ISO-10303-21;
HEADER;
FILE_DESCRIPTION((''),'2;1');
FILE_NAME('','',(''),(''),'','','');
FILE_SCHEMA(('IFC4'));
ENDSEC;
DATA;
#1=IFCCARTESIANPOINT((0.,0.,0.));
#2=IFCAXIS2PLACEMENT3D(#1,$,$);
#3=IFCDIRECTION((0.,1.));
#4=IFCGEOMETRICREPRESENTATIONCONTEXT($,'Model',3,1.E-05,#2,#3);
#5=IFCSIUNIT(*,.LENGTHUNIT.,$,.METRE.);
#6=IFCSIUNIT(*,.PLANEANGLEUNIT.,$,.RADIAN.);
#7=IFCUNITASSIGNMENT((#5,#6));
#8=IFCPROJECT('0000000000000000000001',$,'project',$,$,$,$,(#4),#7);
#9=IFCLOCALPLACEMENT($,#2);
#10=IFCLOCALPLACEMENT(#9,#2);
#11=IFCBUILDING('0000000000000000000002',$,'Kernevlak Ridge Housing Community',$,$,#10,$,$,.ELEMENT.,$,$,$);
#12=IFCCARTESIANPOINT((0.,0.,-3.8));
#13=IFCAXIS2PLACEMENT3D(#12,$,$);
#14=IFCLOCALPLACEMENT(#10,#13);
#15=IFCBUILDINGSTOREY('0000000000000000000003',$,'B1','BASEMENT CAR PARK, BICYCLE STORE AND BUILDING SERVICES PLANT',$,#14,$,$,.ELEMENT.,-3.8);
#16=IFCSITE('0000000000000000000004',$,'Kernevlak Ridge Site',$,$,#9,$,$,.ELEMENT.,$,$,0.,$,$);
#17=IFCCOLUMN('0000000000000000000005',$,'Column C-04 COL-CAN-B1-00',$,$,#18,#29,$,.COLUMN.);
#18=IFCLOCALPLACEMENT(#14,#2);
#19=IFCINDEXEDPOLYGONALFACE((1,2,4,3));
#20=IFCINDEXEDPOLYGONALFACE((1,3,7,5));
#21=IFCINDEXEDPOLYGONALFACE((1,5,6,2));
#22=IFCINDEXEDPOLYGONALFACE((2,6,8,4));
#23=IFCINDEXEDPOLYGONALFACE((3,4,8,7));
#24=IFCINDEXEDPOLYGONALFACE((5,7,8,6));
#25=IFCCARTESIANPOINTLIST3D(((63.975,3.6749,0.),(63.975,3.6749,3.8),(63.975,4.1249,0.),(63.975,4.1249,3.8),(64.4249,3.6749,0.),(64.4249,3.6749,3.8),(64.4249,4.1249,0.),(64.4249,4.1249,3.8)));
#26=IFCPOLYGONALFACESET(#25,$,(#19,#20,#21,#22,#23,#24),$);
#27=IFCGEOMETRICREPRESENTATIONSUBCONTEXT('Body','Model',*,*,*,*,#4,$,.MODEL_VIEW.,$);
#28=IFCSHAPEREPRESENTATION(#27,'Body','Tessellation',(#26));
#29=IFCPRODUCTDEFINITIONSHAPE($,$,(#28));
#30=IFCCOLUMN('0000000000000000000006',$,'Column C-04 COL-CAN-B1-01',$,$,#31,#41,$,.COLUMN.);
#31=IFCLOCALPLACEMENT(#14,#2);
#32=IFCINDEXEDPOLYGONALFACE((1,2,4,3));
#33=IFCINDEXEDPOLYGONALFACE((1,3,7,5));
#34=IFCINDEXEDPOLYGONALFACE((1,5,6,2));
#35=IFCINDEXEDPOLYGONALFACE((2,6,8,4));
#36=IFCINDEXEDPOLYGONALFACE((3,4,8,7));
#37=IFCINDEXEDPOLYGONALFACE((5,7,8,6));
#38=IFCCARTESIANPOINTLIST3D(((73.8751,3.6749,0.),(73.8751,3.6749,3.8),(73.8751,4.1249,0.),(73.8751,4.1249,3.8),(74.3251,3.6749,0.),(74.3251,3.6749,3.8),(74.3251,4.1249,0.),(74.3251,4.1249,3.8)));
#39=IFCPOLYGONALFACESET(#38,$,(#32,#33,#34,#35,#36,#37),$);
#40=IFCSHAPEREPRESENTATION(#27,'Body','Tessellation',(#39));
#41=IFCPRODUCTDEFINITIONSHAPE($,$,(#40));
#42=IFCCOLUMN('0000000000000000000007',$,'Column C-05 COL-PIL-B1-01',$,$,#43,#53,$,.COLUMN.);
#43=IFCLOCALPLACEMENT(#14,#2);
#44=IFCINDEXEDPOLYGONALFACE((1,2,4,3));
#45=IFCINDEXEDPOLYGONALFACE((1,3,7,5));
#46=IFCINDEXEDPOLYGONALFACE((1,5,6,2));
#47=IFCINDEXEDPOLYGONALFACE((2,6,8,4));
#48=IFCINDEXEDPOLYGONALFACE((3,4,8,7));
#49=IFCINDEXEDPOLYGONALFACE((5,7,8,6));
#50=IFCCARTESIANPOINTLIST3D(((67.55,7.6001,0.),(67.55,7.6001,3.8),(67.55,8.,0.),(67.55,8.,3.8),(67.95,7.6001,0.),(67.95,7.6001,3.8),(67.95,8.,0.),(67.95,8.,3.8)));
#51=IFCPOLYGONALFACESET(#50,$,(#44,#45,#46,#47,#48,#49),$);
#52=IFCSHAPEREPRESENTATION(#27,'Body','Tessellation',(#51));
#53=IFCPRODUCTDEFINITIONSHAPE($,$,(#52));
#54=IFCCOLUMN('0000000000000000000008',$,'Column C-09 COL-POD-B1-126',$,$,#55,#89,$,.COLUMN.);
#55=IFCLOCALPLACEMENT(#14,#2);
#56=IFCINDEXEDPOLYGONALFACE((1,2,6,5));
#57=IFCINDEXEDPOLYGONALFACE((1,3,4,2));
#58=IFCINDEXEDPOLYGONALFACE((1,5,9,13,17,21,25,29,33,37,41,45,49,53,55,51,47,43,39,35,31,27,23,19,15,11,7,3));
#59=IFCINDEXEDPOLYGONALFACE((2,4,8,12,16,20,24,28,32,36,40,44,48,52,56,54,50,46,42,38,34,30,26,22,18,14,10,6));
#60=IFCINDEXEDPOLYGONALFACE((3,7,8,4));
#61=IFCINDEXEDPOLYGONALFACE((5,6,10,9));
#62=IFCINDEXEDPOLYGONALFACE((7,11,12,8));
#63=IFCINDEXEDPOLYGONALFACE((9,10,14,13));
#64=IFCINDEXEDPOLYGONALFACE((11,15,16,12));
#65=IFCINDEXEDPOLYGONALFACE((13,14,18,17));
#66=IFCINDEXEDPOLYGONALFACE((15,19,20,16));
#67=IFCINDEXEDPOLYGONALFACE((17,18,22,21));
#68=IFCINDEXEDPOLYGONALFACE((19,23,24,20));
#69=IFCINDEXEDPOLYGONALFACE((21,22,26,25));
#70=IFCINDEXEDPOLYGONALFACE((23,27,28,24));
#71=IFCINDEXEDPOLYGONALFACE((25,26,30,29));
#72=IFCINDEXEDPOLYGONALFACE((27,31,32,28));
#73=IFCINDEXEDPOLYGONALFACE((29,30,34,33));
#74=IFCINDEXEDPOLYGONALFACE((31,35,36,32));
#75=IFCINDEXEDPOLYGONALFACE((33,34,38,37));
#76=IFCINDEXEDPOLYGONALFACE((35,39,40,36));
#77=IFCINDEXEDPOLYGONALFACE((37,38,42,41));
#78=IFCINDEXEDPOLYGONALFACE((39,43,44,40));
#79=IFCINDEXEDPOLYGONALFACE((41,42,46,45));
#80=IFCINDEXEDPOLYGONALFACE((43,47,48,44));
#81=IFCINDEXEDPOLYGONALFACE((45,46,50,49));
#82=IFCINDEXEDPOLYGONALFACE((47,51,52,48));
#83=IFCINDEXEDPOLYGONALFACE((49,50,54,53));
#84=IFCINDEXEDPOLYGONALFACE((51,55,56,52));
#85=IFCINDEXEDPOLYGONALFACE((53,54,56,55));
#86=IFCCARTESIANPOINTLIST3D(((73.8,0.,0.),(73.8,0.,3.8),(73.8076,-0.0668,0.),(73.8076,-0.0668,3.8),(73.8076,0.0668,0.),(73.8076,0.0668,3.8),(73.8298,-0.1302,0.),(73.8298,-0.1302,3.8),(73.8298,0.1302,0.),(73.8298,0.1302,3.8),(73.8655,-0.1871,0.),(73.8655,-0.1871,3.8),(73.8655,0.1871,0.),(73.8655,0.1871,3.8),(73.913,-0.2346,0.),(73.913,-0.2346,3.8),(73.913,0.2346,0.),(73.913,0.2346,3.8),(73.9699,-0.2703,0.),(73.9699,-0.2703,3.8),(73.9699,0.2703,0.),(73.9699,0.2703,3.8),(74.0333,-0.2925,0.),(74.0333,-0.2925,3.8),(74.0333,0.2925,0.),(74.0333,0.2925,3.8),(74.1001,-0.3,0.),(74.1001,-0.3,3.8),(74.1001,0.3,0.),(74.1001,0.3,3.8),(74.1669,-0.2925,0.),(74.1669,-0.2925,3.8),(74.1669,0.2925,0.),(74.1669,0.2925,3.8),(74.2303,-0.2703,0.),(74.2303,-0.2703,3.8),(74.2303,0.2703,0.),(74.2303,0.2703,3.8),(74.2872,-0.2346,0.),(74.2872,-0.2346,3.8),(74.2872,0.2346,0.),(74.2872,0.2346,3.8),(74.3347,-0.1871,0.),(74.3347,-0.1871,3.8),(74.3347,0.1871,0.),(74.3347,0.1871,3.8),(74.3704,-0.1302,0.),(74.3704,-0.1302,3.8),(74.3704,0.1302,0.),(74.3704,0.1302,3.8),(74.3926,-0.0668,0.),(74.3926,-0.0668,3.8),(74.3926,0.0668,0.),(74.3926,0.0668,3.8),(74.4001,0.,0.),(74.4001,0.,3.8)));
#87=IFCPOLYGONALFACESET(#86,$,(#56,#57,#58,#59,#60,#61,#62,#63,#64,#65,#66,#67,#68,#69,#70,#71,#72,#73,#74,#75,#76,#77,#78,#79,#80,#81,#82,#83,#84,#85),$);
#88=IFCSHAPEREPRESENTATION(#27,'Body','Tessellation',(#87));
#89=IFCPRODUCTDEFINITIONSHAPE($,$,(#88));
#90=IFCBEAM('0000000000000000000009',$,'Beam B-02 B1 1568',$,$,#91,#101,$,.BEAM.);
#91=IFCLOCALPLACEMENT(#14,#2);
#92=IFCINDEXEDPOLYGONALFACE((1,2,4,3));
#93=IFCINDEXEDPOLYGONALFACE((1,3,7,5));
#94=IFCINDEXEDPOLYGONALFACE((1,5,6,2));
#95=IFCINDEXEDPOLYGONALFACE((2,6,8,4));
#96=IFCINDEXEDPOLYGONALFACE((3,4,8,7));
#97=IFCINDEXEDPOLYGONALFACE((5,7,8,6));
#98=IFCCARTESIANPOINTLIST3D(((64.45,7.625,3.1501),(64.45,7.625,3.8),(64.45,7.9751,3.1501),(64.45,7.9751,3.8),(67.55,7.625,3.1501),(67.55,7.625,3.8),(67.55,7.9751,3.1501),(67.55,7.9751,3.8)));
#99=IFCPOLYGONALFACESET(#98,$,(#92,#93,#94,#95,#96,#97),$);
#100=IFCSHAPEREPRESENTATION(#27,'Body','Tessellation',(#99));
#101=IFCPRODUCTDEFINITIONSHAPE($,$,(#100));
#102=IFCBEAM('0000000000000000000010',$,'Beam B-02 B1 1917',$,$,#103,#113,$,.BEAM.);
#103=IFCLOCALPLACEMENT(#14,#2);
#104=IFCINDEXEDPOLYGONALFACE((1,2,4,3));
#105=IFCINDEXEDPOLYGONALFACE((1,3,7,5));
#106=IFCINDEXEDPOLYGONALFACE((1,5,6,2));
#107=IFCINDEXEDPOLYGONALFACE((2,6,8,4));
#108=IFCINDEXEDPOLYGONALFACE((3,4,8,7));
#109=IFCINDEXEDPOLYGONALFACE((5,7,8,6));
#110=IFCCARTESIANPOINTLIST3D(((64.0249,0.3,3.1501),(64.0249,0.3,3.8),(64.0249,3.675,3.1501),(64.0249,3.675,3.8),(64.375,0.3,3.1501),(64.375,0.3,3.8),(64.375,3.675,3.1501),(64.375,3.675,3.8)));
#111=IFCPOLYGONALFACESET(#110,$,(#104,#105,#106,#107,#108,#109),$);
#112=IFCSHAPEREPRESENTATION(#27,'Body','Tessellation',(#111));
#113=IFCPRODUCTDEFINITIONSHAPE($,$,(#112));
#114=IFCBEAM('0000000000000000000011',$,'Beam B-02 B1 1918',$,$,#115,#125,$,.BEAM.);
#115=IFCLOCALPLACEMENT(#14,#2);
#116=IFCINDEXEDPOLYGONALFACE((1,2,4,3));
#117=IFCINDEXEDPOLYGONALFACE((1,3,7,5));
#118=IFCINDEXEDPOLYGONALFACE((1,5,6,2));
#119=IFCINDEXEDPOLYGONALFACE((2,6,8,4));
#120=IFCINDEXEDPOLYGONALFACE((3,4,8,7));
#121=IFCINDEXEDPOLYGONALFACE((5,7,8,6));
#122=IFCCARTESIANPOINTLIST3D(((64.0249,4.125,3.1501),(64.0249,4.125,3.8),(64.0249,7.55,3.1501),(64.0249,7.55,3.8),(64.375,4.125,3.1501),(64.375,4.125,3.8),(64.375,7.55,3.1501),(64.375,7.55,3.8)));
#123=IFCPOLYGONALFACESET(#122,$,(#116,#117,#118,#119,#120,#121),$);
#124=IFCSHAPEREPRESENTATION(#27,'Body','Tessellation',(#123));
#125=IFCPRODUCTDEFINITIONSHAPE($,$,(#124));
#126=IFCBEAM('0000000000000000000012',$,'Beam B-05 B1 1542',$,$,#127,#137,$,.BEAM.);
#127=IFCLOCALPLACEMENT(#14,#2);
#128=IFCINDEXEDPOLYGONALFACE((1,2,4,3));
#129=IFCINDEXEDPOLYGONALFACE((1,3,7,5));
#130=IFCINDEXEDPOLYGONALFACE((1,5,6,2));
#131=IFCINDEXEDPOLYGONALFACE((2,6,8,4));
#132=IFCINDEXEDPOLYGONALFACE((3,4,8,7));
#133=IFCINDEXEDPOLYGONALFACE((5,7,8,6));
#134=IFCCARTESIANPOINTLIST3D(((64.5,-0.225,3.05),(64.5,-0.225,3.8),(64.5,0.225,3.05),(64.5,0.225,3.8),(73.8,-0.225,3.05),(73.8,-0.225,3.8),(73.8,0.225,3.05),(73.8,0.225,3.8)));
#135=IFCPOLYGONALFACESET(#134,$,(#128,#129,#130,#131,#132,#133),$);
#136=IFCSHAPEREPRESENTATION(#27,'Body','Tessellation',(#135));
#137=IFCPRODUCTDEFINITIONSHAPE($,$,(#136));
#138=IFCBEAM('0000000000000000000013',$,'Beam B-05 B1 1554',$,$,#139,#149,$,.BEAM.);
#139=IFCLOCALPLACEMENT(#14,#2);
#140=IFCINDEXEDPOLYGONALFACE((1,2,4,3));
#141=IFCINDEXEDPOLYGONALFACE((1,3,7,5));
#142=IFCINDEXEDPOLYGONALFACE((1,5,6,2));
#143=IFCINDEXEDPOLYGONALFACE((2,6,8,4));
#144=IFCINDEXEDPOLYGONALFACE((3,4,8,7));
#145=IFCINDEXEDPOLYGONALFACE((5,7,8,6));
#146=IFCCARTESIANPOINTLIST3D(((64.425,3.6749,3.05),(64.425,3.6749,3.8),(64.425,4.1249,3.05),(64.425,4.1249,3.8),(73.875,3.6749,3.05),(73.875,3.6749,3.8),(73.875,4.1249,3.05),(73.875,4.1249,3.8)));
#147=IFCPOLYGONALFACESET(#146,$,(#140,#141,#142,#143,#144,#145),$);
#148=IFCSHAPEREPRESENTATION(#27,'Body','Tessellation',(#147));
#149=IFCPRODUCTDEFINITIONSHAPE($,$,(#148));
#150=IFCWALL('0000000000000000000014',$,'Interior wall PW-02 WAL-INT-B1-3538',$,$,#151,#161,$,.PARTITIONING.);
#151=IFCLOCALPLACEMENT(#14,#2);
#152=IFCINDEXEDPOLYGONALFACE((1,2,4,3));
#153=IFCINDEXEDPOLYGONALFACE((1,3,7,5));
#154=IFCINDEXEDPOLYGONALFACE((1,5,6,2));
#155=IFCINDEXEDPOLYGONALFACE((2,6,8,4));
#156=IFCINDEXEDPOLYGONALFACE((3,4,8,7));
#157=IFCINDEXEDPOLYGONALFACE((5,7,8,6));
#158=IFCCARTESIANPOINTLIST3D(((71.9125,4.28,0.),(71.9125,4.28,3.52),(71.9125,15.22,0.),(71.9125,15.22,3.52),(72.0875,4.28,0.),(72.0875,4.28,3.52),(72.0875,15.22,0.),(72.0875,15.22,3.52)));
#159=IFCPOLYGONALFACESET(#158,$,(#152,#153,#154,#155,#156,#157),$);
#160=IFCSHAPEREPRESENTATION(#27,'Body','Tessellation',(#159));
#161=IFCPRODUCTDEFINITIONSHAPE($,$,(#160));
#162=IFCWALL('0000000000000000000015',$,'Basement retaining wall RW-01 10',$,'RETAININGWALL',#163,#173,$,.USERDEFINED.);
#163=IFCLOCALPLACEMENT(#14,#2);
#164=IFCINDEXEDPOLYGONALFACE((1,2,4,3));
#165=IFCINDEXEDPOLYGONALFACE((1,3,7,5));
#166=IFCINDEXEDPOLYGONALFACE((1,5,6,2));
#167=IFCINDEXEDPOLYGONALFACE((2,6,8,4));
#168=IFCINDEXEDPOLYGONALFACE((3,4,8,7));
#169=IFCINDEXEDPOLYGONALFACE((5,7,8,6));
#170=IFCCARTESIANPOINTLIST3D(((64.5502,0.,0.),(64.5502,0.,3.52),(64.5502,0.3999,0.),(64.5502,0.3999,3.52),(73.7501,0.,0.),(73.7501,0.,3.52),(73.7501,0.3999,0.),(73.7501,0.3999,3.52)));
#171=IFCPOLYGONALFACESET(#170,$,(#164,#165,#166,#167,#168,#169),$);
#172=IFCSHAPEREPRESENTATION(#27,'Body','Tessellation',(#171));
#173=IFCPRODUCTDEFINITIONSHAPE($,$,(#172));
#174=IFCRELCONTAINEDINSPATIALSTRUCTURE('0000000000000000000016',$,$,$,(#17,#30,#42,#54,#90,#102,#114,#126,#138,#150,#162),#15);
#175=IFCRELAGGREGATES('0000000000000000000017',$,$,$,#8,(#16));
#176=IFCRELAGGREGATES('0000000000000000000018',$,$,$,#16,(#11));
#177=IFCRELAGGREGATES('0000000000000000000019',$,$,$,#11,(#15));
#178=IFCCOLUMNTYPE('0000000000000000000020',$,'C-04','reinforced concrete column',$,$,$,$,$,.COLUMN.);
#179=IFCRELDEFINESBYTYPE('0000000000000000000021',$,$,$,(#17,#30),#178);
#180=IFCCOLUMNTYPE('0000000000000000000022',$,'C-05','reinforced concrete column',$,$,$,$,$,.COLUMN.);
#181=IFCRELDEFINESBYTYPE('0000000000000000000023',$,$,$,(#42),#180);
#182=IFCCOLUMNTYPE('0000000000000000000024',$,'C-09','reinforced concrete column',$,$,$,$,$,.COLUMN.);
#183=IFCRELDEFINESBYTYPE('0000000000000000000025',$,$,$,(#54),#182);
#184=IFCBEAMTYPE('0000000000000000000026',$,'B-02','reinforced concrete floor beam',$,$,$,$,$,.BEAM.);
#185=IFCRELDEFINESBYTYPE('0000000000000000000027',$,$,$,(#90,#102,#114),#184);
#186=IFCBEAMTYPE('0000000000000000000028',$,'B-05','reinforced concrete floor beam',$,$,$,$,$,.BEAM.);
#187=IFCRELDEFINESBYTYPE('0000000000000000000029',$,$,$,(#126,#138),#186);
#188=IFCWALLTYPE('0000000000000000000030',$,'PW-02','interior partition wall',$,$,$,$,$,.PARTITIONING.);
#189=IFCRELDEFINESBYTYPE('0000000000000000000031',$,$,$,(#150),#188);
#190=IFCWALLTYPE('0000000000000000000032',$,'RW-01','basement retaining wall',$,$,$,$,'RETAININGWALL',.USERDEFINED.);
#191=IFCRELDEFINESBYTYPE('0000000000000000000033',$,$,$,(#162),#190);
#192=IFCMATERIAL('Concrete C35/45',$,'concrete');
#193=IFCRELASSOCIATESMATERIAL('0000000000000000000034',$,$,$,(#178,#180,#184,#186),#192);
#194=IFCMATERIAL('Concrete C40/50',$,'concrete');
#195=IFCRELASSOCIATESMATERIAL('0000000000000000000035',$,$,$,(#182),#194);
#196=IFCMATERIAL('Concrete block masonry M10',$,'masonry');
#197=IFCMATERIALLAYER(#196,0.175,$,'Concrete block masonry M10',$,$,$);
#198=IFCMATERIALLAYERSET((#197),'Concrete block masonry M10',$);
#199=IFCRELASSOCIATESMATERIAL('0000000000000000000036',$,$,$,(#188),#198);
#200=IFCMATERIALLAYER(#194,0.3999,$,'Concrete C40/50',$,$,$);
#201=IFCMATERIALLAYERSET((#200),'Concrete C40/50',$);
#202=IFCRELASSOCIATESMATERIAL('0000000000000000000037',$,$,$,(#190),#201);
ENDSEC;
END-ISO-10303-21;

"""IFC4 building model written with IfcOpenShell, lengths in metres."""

from ifc_helpers import new_model, si_unit, direction, frame, frame_2d, origin, origin_2d, place, context, subcontext, project, spatial, rectangle, circle, extrude, material, layer, layer_set, material_profile, profile_set, type_object, element, save


model = new_model("IFC4")

# Units and contexts
model_context = context("Model", 3, precision=1e-05, world=origin(), true_north=direction((0.0, 1.0)))
body_context = subcontext(model_context, "Body", "Model", "MODEL_VIEW")
ifc_project = project(units=[si_unit("LENGTHUNIT", "METRE"), si_unit("PLANEANGLEUNIT", "RADIAN")], contexts=[model_context])

# Site, building, storey
site_placement = place(None, origin())
site = spatial("IfcSite", under=ifc_project, at=site_placement, Name="Kernevlak Ridge Site", CompositionType="ELEMENT", RefElevation=0.0)
building_placement = place(site_placement, origin())
building = spatial("IfcBuilding", under=site, at=building_placement, Name="Kernevlak Ridge Housing Community", CompositionType="ELEMENT")
storey_placement = place(building_placement, frame((0.0, 0.0, -3.8)))
storey = spatial("IfcBuildingStorey", under=building, at=storey_placement, Name="B1", Description="BASEMENT CAR PARK, BICYCLE STORE AND BUILDING SERVICES PLANT", CompositionType="ELEMENT", Elevation=-3.8)

# Shared definitions
ifc_material_1 = material(Name="Concrete C35/45", Category="concrete")

# Columns
ifc_material_2 = material(Name="Concrete C40/50", Category="concrete")
ifc_material_profile_1 = material_profile(ifc_material_1, rectangle(XDim=0.45, YDim=0.45, at=origin_2d()), Name="RC 450x450")
ifc_profile_set_1 = profile_set([ifc_material_profile_1], Name="Concrete C35/45")
column_type_1 = type_object("IfcColumnType", Name="C-04", Description="reinforced concrete column", PredefinedType="COLUMN", material=ifc_profile_set_1)
for number, where, z_axis, x_axis, name in (
    (1, (64.2, 3.8999, 0.0), (0.0, 0.0, 1.0), (1.0, 0.0, 0.0), "Column C-04 COL-CAN-B1-00"),
    (2, (74.1001, 3.8999, 0.0), (0.0, 0.0, 1.0), (1.0, 0.0, 0.0), "Column C-04 COL-CAN-B1-01"),
):
    element("IfcColumn", number, at=place(storey_placement, frame(where, z_axis=z_axis, x_axis=x_axis)), inside=storey, type_object=column_type_1, Name=name, PredefinedType="COLUMN", context=body_context, shape_type="SweptSolid", body=[
        extrude(rectangle(XDim=0.45, YDim=0.45, at=origin_2d()), origin(), (0.0, 0.0, 1.0), 3.8),
    ])
ifc_material_profile_2 = material_profile(ifc_material_1, rectangle(XDim=0.3999, YDim=0.3999, at=origin_2d()), Name="RC 400x400")
ifc_profile_set_2 = profile_set([ifc_material_profile_2], Name="Concrete C35/45")
column_type_2 = type_object("IfcColumnType", Name="C-05", Description="reinforced concrete column", PredefinedType="COLUMN", material=ifc_profile_set_2)
column_1_placement = place(storey_placement, frame((67.75, 7.8, 0.0), z_axis=(0.0, 0.0, 1.0), x_axis=(1.0, 0.0, 0.0)))
element("IfcColumn", 3, at=column_1_placement, inside=storey, type_object=column_type_2, Name="Column C-05 COL-PIL-B1-01", PredefinedType="COLUMN", context=body_context, shape_type="SweptSolid", body=[
    extrude(rectangle(XDim=0.3999, YDim=0.3999, at=origin_2d()), origin(), (0.0, 0.0, 1.0), 3.8),
])
ifc_material_profile_3 = material_profile(ifc_material_2, circle(Radius=0.3, at=origin_2d()), Name="RC D600")
ifc_profile_set_3 = profile_set([ifc_material_profile_3], Name="Concrete C40/50")
column_type_3 = type_object("IfcColumnType", Name="C-09", Description="reinforced concrete column", PredefinedType="COLUMN", material=ifc_profile_set_3)
column_2_placement = place(storey_placement, frame((74.1001, 0.0, 0.0), z_axis=(0.0, 0.0, 1.0), x_axis=(1.0, 0.0, 0.0)))
element("IfcColumn", 4, at=column_2_placement, inside=storey, type_object=column_type_3, Name="Column C-09 COL-POD-B1-126", PredefinedType="COLUMN", context=body_context, shape_type="SweptSolid", body=[
    extrude(circle(Radius=0.3, at=origin_2d()), origin(), (0.0, 0.0, 1.0), 3.8),
])

# Beams
ifc_material_profile_4 = material_profile(ifc_material_1, rectangle(XDim=0.3501, YDim=0.6499, at=origin_2d()), Name="RC 350x650")
ifc_profile_set_4 = profile_set([ifc_material_profile_4], Name="Concrete C35/45")
beam_type_1 = type_object("IfcBeamType", Name="B-02", Description="reinforced concrete floor beam", PredefinedType="BEAM", material=ifc_profile_set_4)
beam_1_placement = place(storey_placement, frame((64.45, 7.8, 3.4751), z_axis=(1.0, 0.0, 0.0), x_axis=(0.0, 1.0, 0.0)))
element("IfcBeam", 5, at=beam_1_placement, inside=storey, type_object=beam_type_1, Name="Beam B-02 B1 1568", PredefinedType="BEAM", context=body_context, shape_type="SweptSolid", body=[
    extrude(rectangle(XDim=0.3501, YDim=0.6499, at=origin_2d()), origin(), (0.0, 0.0, 1.0), 3.1001),
])
beam_2_placement = place(storey_placement, frame((64.2, 0.3, 3.4751), z_axis=(0.0, 1.0, 0.0), x_axis=(-1.0, 0.0, 0.0)))
element("IfcBeam", 6, at=beam_2_placement, inside=storey, type_object=beam_type_1, Name="Beam B-02 B1 1917", PredefinedType="BEAM", context=body_context, shape_type="SweptSolid", body=[
    extrude(rectangle(XDim=0.3501, YDim=0.6499, at=origin_2d()), origin(), (0.0, 0.0, 1.0), 3.375),
])
beam_3_placement = place(storey_placement, frame((64.2, 4.125, 3.4751), z_axis=(0.0, 1.0, 0.0), x_axis=(-1.0, 0.0, 0.0)))
element("IfcBeam", 7, at=beam_3_placement, inside=storey, type_object=beam_type_1, Name="Beam B-02 B1 1918", PredefinedType="BEAM", context=body_context, shape_type="SweptSolid", body=[
    extrude(rectangle(XDim=0.3501, YDim=0.6499, at=origin_2d()), origin(), (0.0, 0.0, 1.0), 3.425),
])
ifc_material_profile_5 = material_profile(ifc_material_1, rectangle(XDim=0.45, YDim=0.75, at=origin_2d()), Name="RC 450x750")
ifc_profile_set_5 = profile_set([ifc_material_profile_5], Name="Concrete C35/45")
beam_type_2 = type_object("IfcBeamType", Name="B-05", Description="reinforced concrete floor beam", PredefinedType="BEAM", material=ifc_profile_set_5)
beam_4_placement = place(storey_placement, frame((64.5, 0.0, 3.425), z_axis=(1.0, 0.0, 0.0), x_axis=(0.0, 1.0, 0.0)))
element("IfcBeam", 8, at=beam_4_placement, inside=storey, type_object=beam_type_2, Name="Beam B-05 B1 1542", PredefinedType="BEAM", context=body_context, shape_type="SweptSolid", body=[
    extrude(rectangle(XDim=0.45, YDim=0.75, at=origin_2d()), origin(), (0.0, 0.0, 1.0), 9.3),
])
beam_5_placement = place(storey_placement, frame((64.425, 3.8999, 3.425), z_axis=(1.0, 0.0, 0.0), x_axis=(0.0, 1.0, 0.0)))
element("IfcBeam", 9, at=beam_5_placement, inside=storey, type_object=beam_type_2, Name="Beam B-05 B1 1554", PredefinedType="BEAM", context=body_context, shape_type="SweptSolid", body=[
    extrude(rectangle(XDim=0.45, YDim=0.75, at=origin_2d()), origin(), (0.0, 0.0, 1.0), 9.45),
])

# Walls
ifc_material_3 = material(Name="Concrete block masonry M10", Category="masonry")
ifc_layer_1 = layer(ifc_material_3, 0.175, Name="Concrete block masonry M10")
ifc_layer_set_1 = layer_set([ifc_layer_1], Name="Concrete block masonry M10")
wall_type_1 = type_object("IfcWallType", Name="PW-02", Description="interior partition wall", PredefinedType="PARTITIONING", material=ifc_layer_set_1)
wall_1_placement = place(storey_placement, frame((72.0, 4.28, 0.0), z_axis=(0.0, 0.0, 1.0), x_axis=(0.0, 1.0, 0.0)))
element("IfcWall", 10, at=wall_1_placement, inside=storey, type_object=wall_type_1, Name="Interior wall PW-02 WAL-INT-B1-3538", PredefinedType="PARTITIONING", context=body_context, shape_type="SweptSolid", body=[
    extrude(rectangle(XDim=10.9399, YDim=0.175, at=frame_2d((5.47, 0.0))), origin(), (0.0, 0.0, 1.0), 3.52),
])
ifc_layer_2 = layer(ifc_material_2, 0.3999, Name="Concrete C40/50")
ifc_layer_set_2 = layer_set([ifc_layer_2], Name="Concrete C40/50")
wall_type_2 = type_object("IfcWallType", Name="RW-01", Description="basement retaining wall", ElementType="RETAININGWALL", PredefinedType="USERDEFINED", material=ifc_layer_set_2)
wall_2_placement = place(storey_placement, frame((64.55, 0.2, 0.0), z_axis=(0.0, 0.0, 1.0), x_axis=(1.0, 0.0, 0.0)))
element("IfcWall", 11, at=wall_2_placement, inside=storey, type_object=wall_type_2, Name="Basement retaining wall RW-01 10", ObjectType="RETAININGWALL", PredefinedType="USERDEFINED", context=body_context, shape_type="SweptSolid", body=[
    extrude(rectangle(XDim=9.2, YDim=0.3999, at=frame_2d((4.6001, 0.0))), origin(), (0.0, 0.0, 1.0), 3.52),
])

save(model, "model.ifc")
